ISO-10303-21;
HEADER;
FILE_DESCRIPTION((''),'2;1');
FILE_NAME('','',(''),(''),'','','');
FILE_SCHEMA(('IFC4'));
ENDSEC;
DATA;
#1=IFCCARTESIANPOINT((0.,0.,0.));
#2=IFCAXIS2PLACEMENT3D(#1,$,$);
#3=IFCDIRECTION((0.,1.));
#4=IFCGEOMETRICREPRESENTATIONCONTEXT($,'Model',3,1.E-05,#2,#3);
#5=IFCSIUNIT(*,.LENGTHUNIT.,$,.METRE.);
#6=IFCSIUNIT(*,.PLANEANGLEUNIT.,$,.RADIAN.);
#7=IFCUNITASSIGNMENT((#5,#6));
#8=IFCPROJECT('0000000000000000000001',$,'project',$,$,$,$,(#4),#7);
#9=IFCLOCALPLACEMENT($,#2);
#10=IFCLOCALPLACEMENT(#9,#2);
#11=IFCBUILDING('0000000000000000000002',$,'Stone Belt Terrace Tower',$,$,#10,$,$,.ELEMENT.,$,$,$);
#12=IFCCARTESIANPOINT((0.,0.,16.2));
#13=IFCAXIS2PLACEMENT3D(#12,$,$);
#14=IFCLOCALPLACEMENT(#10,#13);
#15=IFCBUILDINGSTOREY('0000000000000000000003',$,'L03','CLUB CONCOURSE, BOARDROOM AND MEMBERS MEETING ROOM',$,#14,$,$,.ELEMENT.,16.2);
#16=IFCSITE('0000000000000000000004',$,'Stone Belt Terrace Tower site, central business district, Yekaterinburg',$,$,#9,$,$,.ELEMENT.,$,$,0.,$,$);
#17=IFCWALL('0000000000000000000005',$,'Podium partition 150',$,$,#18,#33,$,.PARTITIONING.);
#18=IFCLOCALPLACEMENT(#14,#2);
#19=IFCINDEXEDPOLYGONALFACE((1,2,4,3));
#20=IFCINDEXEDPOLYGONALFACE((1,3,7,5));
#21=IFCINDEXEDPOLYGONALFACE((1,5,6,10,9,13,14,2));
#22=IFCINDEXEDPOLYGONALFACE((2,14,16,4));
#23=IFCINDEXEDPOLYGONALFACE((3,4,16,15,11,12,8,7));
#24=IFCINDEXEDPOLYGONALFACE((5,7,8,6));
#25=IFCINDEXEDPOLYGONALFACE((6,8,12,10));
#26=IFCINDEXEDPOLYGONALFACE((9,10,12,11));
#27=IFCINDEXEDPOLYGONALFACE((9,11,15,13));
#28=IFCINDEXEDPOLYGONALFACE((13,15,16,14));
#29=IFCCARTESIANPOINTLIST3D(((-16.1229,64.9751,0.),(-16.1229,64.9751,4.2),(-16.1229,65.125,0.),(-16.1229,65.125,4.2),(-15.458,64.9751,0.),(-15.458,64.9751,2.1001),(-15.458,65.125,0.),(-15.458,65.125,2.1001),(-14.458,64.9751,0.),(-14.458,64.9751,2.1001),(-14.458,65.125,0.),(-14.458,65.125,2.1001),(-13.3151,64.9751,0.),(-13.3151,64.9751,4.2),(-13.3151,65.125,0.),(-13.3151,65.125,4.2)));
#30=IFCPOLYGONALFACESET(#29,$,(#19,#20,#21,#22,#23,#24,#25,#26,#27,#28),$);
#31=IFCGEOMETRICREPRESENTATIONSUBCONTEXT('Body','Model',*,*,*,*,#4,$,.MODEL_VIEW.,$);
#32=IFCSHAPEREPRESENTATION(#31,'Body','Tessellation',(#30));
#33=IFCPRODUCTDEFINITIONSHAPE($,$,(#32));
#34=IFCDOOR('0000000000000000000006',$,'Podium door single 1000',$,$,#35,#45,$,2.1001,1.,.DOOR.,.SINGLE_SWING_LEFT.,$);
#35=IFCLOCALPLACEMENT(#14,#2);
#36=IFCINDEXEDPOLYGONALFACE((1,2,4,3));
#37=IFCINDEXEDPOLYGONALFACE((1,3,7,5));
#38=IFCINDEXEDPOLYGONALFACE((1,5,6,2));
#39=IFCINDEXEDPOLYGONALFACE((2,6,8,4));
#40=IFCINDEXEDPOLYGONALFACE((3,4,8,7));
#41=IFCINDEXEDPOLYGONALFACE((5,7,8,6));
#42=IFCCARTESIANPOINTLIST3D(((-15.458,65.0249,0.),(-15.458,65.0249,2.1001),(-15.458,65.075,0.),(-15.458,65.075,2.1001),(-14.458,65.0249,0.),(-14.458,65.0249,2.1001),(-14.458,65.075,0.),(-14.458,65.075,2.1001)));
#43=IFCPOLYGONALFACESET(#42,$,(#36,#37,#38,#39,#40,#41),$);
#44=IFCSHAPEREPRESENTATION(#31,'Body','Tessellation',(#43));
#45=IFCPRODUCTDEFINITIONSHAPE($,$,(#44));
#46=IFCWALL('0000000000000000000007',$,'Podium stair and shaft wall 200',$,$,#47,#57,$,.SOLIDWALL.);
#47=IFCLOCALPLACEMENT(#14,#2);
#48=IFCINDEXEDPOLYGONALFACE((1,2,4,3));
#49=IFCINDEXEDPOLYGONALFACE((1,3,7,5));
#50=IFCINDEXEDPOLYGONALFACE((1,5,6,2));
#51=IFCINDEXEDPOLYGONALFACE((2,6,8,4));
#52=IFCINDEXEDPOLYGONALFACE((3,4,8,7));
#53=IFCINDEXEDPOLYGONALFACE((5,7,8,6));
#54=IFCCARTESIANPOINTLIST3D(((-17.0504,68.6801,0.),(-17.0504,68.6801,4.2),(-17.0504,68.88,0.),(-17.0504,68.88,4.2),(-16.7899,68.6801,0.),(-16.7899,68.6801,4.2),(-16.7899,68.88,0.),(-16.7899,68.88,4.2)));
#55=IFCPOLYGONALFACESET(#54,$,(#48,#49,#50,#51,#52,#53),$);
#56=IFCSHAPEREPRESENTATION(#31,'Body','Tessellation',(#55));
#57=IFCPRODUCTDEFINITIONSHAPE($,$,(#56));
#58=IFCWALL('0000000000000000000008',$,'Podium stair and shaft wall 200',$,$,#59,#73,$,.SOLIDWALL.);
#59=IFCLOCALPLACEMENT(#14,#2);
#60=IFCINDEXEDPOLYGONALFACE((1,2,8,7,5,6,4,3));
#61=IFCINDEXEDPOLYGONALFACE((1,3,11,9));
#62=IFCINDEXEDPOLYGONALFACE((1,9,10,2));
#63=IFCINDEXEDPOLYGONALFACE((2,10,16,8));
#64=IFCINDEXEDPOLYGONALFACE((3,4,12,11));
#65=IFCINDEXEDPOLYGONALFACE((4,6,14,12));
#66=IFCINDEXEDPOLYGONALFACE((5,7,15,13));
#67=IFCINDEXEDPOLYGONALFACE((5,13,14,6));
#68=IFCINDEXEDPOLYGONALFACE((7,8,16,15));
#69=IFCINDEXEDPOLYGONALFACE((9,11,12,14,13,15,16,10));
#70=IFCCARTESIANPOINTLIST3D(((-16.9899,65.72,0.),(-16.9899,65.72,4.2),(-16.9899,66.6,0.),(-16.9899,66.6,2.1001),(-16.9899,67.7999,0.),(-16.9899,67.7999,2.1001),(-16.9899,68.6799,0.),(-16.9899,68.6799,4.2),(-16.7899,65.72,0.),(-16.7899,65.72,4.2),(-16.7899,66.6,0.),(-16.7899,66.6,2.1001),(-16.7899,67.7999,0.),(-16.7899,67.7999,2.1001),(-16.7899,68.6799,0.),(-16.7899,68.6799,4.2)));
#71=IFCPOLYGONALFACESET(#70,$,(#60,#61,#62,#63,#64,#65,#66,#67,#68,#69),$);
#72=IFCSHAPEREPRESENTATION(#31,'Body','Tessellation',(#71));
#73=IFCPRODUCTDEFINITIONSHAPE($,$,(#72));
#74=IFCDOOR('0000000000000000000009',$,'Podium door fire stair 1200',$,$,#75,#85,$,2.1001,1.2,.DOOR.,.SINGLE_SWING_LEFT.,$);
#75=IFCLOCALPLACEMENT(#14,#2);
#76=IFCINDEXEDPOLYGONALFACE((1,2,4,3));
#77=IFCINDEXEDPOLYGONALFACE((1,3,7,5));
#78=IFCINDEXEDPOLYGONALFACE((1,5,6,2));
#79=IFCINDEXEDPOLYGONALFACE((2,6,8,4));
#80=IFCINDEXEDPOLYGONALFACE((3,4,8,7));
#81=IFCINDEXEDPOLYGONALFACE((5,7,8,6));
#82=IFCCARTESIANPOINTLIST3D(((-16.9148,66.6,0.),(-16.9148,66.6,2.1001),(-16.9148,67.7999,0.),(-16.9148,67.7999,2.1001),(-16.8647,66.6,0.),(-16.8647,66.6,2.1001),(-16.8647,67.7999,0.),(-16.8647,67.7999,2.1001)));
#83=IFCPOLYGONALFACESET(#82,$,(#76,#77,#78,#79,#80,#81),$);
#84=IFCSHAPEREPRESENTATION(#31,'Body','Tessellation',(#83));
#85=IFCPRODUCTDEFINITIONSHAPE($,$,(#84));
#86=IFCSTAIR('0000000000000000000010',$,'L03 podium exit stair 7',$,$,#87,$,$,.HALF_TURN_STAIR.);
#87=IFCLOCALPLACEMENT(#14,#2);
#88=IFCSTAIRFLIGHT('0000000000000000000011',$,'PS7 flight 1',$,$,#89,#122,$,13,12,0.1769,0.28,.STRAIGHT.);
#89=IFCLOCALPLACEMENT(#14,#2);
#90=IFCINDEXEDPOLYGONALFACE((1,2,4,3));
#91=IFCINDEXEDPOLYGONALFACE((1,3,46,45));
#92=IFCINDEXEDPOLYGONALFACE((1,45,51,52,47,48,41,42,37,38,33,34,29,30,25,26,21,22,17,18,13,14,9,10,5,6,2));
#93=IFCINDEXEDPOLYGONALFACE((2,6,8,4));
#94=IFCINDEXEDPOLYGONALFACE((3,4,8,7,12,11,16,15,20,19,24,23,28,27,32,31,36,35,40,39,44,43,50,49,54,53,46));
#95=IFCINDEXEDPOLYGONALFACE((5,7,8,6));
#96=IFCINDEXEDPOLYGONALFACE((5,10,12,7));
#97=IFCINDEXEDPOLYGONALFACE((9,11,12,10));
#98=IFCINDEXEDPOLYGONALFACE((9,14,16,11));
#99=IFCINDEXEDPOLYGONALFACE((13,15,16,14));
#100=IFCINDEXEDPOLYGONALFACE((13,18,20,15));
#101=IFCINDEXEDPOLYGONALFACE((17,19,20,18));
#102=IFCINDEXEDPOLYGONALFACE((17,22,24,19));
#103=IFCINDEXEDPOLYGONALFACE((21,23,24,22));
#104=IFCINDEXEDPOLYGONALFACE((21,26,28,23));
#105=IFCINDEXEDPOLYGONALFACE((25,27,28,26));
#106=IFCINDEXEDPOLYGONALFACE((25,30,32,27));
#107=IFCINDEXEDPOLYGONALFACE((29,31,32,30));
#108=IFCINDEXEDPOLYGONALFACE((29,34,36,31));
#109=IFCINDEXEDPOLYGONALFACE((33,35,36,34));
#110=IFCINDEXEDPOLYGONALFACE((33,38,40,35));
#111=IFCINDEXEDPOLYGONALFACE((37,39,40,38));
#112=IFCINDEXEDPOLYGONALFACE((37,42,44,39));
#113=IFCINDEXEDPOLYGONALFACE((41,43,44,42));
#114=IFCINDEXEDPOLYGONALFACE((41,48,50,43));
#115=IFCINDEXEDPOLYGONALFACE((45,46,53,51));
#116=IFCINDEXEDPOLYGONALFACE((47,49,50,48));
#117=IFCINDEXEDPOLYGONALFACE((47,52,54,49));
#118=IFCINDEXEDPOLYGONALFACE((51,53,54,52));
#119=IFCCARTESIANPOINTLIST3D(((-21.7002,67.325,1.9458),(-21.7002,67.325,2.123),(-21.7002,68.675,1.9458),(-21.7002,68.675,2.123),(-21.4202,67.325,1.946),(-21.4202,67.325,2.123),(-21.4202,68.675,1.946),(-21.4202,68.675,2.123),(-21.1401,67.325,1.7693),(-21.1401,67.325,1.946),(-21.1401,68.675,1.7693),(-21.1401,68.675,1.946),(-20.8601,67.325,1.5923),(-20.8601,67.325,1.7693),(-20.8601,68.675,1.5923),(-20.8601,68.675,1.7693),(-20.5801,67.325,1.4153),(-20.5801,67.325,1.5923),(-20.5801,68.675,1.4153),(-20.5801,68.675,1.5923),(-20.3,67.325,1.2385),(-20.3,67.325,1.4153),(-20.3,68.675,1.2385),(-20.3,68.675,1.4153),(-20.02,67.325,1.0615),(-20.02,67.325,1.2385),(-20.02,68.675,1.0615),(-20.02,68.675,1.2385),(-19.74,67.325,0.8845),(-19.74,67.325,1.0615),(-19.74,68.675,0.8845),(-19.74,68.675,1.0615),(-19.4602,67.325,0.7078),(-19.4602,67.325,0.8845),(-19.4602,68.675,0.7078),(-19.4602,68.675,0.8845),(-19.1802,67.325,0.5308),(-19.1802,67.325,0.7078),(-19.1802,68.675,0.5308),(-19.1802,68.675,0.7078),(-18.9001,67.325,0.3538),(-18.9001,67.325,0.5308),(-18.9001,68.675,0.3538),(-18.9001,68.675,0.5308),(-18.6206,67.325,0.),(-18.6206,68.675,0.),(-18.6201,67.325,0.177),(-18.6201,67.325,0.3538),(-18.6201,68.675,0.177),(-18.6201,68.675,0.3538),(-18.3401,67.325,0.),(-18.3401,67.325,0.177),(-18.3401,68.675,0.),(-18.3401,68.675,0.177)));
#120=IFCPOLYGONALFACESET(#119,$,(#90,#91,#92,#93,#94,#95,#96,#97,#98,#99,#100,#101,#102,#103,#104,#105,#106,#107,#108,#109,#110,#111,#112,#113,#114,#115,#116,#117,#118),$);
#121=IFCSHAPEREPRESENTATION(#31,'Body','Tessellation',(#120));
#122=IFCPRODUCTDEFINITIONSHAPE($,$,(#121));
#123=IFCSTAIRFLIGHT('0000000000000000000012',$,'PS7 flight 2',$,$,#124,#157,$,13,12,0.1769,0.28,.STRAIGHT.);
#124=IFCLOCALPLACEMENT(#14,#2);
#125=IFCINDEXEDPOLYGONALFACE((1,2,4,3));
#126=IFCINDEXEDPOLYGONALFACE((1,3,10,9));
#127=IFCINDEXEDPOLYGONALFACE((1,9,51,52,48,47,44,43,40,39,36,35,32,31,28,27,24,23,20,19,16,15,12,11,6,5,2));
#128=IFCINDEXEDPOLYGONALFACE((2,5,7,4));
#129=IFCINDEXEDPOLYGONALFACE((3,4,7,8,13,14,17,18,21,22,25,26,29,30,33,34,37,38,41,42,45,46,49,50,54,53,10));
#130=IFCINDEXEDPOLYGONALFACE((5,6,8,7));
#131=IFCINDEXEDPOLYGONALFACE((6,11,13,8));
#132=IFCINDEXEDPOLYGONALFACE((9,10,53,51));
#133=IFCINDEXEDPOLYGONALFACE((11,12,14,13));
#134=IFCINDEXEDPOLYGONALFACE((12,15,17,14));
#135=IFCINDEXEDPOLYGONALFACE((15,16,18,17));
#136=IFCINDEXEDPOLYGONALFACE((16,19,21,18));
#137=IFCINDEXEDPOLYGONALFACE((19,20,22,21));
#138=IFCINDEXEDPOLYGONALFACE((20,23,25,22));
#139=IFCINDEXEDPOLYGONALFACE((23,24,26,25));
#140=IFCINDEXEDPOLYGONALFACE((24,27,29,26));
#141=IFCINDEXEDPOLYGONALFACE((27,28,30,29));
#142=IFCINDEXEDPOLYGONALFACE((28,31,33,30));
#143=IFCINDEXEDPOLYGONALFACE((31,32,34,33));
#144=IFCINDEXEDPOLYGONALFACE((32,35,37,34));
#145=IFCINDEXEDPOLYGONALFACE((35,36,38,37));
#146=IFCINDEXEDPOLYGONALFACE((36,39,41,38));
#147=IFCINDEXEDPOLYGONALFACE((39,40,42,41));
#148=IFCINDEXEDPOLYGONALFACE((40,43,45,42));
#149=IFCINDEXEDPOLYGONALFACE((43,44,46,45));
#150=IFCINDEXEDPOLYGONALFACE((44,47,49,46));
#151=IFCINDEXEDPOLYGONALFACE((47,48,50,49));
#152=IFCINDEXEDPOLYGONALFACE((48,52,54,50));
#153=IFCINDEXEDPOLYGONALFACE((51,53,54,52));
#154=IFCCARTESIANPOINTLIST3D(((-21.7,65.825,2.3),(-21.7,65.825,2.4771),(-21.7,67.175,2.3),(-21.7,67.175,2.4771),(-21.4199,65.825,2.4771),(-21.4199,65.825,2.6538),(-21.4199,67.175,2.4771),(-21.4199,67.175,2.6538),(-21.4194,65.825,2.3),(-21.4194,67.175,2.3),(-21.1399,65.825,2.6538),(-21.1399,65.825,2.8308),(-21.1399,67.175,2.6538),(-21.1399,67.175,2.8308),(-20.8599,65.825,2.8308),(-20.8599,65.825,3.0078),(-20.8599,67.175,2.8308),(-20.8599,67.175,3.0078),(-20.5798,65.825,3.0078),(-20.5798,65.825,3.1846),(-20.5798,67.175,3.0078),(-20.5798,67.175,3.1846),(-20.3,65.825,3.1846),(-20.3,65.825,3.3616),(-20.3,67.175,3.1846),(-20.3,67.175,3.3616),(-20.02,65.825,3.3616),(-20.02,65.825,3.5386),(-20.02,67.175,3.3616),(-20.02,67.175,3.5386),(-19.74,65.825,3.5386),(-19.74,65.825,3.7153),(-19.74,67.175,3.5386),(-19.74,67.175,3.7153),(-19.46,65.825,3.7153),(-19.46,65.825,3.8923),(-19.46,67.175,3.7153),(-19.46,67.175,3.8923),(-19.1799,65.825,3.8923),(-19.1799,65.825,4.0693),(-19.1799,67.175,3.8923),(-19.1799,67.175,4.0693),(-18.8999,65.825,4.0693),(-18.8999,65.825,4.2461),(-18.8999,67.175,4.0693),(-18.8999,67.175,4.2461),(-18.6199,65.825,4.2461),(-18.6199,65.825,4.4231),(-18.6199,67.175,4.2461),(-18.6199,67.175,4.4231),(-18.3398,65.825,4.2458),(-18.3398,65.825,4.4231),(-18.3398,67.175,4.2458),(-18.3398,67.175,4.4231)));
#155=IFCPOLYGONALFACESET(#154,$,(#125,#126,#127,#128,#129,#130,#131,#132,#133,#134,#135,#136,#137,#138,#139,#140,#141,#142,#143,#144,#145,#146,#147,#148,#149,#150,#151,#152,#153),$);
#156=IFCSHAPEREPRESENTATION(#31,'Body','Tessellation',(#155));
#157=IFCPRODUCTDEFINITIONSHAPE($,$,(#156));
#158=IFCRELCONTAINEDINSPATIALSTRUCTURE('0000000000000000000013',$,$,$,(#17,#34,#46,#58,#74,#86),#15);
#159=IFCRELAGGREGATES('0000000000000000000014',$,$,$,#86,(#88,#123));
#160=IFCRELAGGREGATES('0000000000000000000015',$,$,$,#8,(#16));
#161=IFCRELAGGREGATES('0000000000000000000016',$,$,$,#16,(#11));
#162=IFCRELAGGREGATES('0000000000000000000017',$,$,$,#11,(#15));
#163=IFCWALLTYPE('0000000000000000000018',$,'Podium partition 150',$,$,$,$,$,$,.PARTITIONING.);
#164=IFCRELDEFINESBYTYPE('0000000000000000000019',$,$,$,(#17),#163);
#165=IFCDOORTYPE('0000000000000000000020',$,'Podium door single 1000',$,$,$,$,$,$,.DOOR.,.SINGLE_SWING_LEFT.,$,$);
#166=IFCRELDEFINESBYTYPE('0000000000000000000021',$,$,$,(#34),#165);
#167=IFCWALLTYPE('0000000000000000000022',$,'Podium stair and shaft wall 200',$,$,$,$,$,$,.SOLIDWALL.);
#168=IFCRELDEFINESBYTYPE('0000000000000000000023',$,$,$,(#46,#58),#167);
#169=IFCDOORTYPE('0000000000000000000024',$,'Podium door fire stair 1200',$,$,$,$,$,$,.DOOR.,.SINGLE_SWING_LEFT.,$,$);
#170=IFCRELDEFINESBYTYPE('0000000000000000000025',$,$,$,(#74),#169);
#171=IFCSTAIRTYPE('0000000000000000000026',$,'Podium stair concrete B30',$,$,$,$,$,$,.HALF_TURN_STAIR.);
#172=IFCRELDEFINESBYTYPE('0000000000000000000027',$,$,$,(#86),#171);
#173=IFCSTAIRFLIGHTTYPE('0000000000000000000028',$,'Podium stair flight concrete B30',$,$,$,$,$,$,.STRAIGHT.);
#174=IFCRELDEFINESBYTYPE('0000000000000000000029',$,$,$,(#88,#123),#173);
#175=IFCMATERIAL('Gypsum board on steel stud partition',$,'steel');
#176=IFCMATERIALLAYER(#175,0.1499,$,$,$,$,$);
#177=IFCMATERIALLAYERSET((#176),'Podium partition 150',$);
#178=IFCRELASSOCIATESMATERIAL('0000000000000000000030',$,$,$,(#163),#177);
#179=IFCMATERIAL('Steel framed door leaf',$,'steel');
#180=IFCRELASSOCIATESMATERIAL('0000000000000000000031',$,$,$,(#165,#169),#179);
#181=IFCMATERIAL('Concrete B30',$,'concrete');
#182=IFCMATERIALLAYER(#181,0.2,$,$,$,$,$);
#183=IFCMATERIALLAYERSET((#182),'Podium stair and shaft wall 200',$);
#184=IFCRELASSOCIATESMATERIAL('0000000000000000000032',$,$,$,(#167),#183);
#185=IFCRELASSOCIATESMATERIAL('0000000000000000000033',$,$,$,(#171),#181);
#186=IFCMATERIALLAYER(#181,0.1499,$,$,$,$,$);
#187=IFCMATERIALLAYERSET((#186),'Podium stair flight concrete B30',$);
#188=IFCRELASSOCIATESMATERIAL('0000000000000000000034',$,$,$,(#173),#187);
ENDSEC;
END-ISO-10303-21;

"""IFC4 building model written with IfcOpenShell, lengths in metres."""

from ifc_helpers import new_model, si_unit, direction, frame, frame_2d, origin, place, context, subcontext, project, spatial, polyline, rectangle, outline, extrude, material, layer, layer_set, type_object, element, fill, aggregate, save


model = new_model("IFC4")

# Units and contexts
model_context = context("Model", 3, precision=1e-05, world=origin(), true_north=direction((0.0, 1.0)))
body_context = subcontext(model_context, "Body", "Model", "MODEL_VIEW")
ifc_project = project(units=[si_unit("LENGTHUNIT", "METRE"), si_unit("PLANEANGLEUNIT", "RADIAN")], contexts=[model_context])

# Site, building, storey
site_placement = place(None, origin())
site = spatial("IfcSite", under=ifc_project, at=site_placement, Name="Stone Belt Terrace Tower site, central business district, Yekaterinburg", CompositionType="ELEMENT", RefElevation=0.0)
building_placement = place(site_placement, origin())
building = spatial("IfcBuilding", under=site, at=building_placement, Name="Stone Belt Terrace Tower", CompositionType="ELEMENT")
storey_placement = place(building_placement, frame((0.0, 0.0, 16.2)))
storey = spatial("IfcBuildingStorey", under=building, at=storey_placement, Name="L03", Description="CLUB CONCOURSE, BOARDROOM AND MEMBERS MEETING ROOM", CompositionType="ELEMENT", Elevation=16.2)

# Shared definitions
ifc_material_1 = material(Name="Gypsum board on steel stud partition", Category="steel")
ifc_layer_1 = layer(ifc_material_1, 0.1499)
ifc_layer_set_1 = layer_set([ifc_layer_1], Name="Podium partition 150")
wall_type_1 = type_object("IfcWallType", Name="Podium partition 150", PredefinedType="PARTITIONING", material=ifc_layer_set_1)

# Wall, opening, door
wall_1_placement = place(storey_placement, frame((-16.1228, 65.05, 0.0), z_axis=(0.0, 0.0, 1.0), x_axis=(1.0, 0.0, 0.0)))
wall_1 = element("IfcWall", 1, at=wall_1_placement, inside=storey, type_object=wall_type_1, Name="Podium partition 150", PredefinedType="PARTITIONING", context=body_context, shape_type="SweptSolid", body=[
    extrude(rectangle(XDim=2.8079, YDim=0.1499, at=frame_2d((1.4038, 0.0))), origin(), (0.0, 0.0, 1.0), 4.2),
])
opening_1_placement = place(wall_1_placement, frame((0.6648, 0.0, 0.0)))
opening_1 = element("IfcOpeningElement", 2, at=opening_1_placement, cuts=wall_1, PredefinedType="OPENING", context=body_context, shape_type="SweptSolid", body=[
    extrude(rectangle(XDim=1.0, YDim=2.1001, at=frame_2d((0.5, 1.05))), frame((0.0, 0.085, 0.0), z_axis=(0.0, -1.0, 0.0), x_axis=(1.0, 0.0, 0.0)), (0.0, 0.0, 1.0), 0.1699),
])
ifc_material_2 = material(Name="Steel framed door leaf", Category="steel")
door_type_1 = type_object("IfcDoorType", Name="Podium door single 1000", OperationType="SINGLE_SWING_LEFT", PredefinedType="DOOR", material=ifc_material_2)
door_1_placement = place(opening_1_placement, origin())
door_1 = element("IfcDoor", 3, at=door_1_placement, inside=storey, type_object=door_type_1, Name="Podium door single 1000", OperationType="SINGLE_SWING_LEFT", OverallHeight=2.1001, OverallWidth=1.0, PredefinedType="DOOR", context=body_context, shape_type="SweptSolid", body=[
    extrude(rectangle(XDim=1.0, YDim=2.1001, at=frame_2d((0.5, 1.05))), frame((0.0, 0.0249, 0.0), z_axis=(0.0, -1.0, 0.0), x_axis=(1.0, 0.0, 0.0)), (0.0, 0.0, 1.0), 0.05),
])
fill(opening_1, door_1)

# Wall
ifc_material_3 = material(Name="Concrete B30", Category="concrete")
ifc_layer_2 = layer(ifc_material_3, 0.2)
ifc_layer_set_2 = layer_set([ifc_layer_2], Name="Podium stair and shaft wall 200")
wall_type_2 = type_object("IfcWallType", Name="Podium stair and shaft wall 200", PredefinedType="SOLIDWALL", material=ifc_layer_set_2)
wall_2_placement = place(storey_placement, frame((-17.0505, 68.78, 0.0), z_axis=(0.0, 0.0, 1.0), x_axis=(1.0, 0.0, 0.0)))
element("IfcWall", 4, at=wall_2_placement, inside=storey, type_object=wall_type_2, Name="Podium stair and shaft wall 200", PredefinedType="SOLIDWALL", context=body_context, shape_type="SweptSolid", body=[
    extrude(rectangle(XDim=0.2605, YDim=0.2, at=frame_2d((0.1304, 0.0))), origin(), (0.0, 0.0, 1.0), 4.2),
])

# Wall, opening, door
wall_3_placement = place(storey_placement, frame((-16.8899, 65.72, 0.0), z_axis=(0.0, 0.0, 1.0), x_axis=(0.0, 1.0, 0.0)))
wall_3 = element("IfcWall", 5, at=wall_3_placement, inside=storey, type_object=wall_type_2, Name="Podium stair and shaft wall 200", PredefinedType="SOLIDWALL", context=body_context, shape_type="SweptSolid", body=[
    extrude(rectangle(XDim=2.96, YDim=0.2, at=frame_2d((1.48, 0.0))), origin(), (0.0, 0.0, 1.0), 4.2),
])
opening_2_placement = place(wall_3_placement, frame((0.8799, 0.0, 0.0)))
opening_2 = element("IfcOpeningElement", 6, at=opening_2_placement, cuts=wall_3, PredefinedType="OPENING", context=body_context, shape_type="SweptSolid", body=[
    extrude(rectangle(XDim=1.2, YDim=2.1001, at=frame_2d((0.6001, 1.05))), frame((0.0, 0.1099, 0.0), z_axis=(0.0, -1.0, 0.0), x_axis=(1.0, 0.0, 0.0)), (0.0, 0.0, 1.0), 0.22),
])
door_type_2 = type_object("IfcDoorType", Name="Podium door fire stair 1200", OperationType="SINGLE_SWING_LEFT", PredefinedType="DOOR", material=ifc_material_2)
door_2_placement = place(opening_2_placement, origin())
door_2 = element("IfcDoor", 7, at=door_2_placement, inside=storey, type_object=door_type_2, Name="Podium door fire stair 1200", OperationType="SINGLE_SWING_LEFT", OverallHeight=2.1001, OverallWidth=1.2, PredefinedType="DOOR", context=body_context, shape_type="SweptSolid", body=[
    extrude(rectangle(XDim=1.2, YDim=2.1001, at=frame_2d((0.6001, 1.05))), frame((0.0, 0.0249, 0.0), z_axis=(0.0, -1.0, 0.0), x_axis=(1.0, 0.0, 0.0)), (0.0, 0.0, 1.0), 0.05),
])
fill(opening_2, door_2)

# Stair, stair flights
stair_type = type_object("IfcStairType", Name="Podium stair concrete B30", PredefinedType="HALF_TURN_STAIR", material=ifc_material_3)
stair_placement = place(storey_placement, origin())
stair = element("IfcStair", 8, at=stair_placement, inside=storey, type_object=stair_type, Name="L03 podium exit stair 7", PredefinedType="HALF_TURN_STAIR")
ifc_layer_3 = layer(ifc_material_3, 0.1499)
ifc_layer_set_3 = layer_set([ifc_layer_3], Name="Podium stair flight concrete B30")
stair_flight_type = type_object("IfcStairFlightType", Name="Podium stair flight concrete B30", PredefinedType="STRAIGHT", material=ifc_layer_set_3)
stair_flight_1_placement = place(storey_placement, frame((-18.3401, 68.0, 0.0), z_axis=(0.0, 0.0, 1.0), x_axis=(-1.0, 0.0, 0.0)))
stair_flight_1 = element("IfcStairFlight", 9, at=stair_flight_1_placement, type_object=stair_flight_type, Name="PS7 flight 1", NumberOfRisers=13, NumberOfTreads=12, PredefinedType="STRAIGHT", RiserHeight=0.1769, TreadLength=0.28, context=body_context, shape_type="SweptSolid", body=[
    extrude(outline(polyline([(0.0, 0.0), (0.0, 0.177), (0.28, 0.177), (0.28, 0.3538), (0.5601, 0.3538), (0.5601, 0.5308), (0.8401, 0.5308), (0.8401, 0.7078), (1.1201, 0.7078), (1.1201, 0.8845), (1.3999, 0.8845), (1.3999, 1.0615), (1.6799, 1.0615), (1.6799, 1.2385), (1.96, 1.2385), (1.96, 1.4153), (2.24, 1.4153), (2.24, 1.5923), (2.52, 1.5923), (2.52, 1.7693), (2.8, 1.7693), (2.8, 1.946), (3.0801, 1.946), (3.0801, 2.123), (3.3601, 2.123), (3.3601, 2.3), (3.3601, 1.9458), (0.2805, 0.0), (0.0, 0.0)])), frame((0.0, 0.675, 0.0), z_axis=(0.0, -1.0, 0.0), x_axis=(1.0, 0.0, 0.0)), (0.0, 0.0, 1.0), 1.3501),
])
stair_flight_2_placement = place(storey_placement, frame((-21.7, 66.5, 2.3), z_axis=(0.0, 0.0, 1.0), x_axis=(1.0, 0.0, 0.0)))
stair_flight_2 = element("IfcStairFlight", 10, at=stair_flight_2_placement, type_object=stair_flight_type, Name="PS7 flight 2", NumberOfRisers=13, NumberOfTreads=12, PredefinedType="STRAIGHT", RiserHeight=0.1769, TreadLength=0.28, context=body_context, shape_type="SweptSolid", body=[
    extrude(outline(polyline([(0.0, 0.0), (0.0, 0.177), (0.28, 0.177), (0.28, 0.3538), (0.5601, 0.3538), (0.5601, 0.5308), (0.8401, 0.5308), (0.8401, 0.7078), (1.1201, 0.7078), (1.1201, 0.8845), (1.3999, 0.8845), (1.3999, 1.0615), (1.6799, 1.0615), (1.6799, 1.2385), (1.96, 1.2385), (1.96, 1.4153), (2.24, 1.4153), (2.24, 1.5923), (2.52, 1.5923), (2.52, 1.7693), (2.8, 1.7693), (2.8, 1.946), (3.0801, 1.946), (3.0801, 2.123), (3.3601, 2.123), (3.3601, 2.3), (3.3601, 1.9458), (0.2805, 0.0), (0.0, 0.0)])), frame((0.0, 0.675, 0.0), z_axis=(0.0, -1.0, 0.0), x_axis=(1.0, 0.0, 0.0)), (0.0, 0.0, 1.0), 1.3501),
])
aggregate(stair, [stair_flight_1, stair_flight_2])

save(model, "model.ifc")
